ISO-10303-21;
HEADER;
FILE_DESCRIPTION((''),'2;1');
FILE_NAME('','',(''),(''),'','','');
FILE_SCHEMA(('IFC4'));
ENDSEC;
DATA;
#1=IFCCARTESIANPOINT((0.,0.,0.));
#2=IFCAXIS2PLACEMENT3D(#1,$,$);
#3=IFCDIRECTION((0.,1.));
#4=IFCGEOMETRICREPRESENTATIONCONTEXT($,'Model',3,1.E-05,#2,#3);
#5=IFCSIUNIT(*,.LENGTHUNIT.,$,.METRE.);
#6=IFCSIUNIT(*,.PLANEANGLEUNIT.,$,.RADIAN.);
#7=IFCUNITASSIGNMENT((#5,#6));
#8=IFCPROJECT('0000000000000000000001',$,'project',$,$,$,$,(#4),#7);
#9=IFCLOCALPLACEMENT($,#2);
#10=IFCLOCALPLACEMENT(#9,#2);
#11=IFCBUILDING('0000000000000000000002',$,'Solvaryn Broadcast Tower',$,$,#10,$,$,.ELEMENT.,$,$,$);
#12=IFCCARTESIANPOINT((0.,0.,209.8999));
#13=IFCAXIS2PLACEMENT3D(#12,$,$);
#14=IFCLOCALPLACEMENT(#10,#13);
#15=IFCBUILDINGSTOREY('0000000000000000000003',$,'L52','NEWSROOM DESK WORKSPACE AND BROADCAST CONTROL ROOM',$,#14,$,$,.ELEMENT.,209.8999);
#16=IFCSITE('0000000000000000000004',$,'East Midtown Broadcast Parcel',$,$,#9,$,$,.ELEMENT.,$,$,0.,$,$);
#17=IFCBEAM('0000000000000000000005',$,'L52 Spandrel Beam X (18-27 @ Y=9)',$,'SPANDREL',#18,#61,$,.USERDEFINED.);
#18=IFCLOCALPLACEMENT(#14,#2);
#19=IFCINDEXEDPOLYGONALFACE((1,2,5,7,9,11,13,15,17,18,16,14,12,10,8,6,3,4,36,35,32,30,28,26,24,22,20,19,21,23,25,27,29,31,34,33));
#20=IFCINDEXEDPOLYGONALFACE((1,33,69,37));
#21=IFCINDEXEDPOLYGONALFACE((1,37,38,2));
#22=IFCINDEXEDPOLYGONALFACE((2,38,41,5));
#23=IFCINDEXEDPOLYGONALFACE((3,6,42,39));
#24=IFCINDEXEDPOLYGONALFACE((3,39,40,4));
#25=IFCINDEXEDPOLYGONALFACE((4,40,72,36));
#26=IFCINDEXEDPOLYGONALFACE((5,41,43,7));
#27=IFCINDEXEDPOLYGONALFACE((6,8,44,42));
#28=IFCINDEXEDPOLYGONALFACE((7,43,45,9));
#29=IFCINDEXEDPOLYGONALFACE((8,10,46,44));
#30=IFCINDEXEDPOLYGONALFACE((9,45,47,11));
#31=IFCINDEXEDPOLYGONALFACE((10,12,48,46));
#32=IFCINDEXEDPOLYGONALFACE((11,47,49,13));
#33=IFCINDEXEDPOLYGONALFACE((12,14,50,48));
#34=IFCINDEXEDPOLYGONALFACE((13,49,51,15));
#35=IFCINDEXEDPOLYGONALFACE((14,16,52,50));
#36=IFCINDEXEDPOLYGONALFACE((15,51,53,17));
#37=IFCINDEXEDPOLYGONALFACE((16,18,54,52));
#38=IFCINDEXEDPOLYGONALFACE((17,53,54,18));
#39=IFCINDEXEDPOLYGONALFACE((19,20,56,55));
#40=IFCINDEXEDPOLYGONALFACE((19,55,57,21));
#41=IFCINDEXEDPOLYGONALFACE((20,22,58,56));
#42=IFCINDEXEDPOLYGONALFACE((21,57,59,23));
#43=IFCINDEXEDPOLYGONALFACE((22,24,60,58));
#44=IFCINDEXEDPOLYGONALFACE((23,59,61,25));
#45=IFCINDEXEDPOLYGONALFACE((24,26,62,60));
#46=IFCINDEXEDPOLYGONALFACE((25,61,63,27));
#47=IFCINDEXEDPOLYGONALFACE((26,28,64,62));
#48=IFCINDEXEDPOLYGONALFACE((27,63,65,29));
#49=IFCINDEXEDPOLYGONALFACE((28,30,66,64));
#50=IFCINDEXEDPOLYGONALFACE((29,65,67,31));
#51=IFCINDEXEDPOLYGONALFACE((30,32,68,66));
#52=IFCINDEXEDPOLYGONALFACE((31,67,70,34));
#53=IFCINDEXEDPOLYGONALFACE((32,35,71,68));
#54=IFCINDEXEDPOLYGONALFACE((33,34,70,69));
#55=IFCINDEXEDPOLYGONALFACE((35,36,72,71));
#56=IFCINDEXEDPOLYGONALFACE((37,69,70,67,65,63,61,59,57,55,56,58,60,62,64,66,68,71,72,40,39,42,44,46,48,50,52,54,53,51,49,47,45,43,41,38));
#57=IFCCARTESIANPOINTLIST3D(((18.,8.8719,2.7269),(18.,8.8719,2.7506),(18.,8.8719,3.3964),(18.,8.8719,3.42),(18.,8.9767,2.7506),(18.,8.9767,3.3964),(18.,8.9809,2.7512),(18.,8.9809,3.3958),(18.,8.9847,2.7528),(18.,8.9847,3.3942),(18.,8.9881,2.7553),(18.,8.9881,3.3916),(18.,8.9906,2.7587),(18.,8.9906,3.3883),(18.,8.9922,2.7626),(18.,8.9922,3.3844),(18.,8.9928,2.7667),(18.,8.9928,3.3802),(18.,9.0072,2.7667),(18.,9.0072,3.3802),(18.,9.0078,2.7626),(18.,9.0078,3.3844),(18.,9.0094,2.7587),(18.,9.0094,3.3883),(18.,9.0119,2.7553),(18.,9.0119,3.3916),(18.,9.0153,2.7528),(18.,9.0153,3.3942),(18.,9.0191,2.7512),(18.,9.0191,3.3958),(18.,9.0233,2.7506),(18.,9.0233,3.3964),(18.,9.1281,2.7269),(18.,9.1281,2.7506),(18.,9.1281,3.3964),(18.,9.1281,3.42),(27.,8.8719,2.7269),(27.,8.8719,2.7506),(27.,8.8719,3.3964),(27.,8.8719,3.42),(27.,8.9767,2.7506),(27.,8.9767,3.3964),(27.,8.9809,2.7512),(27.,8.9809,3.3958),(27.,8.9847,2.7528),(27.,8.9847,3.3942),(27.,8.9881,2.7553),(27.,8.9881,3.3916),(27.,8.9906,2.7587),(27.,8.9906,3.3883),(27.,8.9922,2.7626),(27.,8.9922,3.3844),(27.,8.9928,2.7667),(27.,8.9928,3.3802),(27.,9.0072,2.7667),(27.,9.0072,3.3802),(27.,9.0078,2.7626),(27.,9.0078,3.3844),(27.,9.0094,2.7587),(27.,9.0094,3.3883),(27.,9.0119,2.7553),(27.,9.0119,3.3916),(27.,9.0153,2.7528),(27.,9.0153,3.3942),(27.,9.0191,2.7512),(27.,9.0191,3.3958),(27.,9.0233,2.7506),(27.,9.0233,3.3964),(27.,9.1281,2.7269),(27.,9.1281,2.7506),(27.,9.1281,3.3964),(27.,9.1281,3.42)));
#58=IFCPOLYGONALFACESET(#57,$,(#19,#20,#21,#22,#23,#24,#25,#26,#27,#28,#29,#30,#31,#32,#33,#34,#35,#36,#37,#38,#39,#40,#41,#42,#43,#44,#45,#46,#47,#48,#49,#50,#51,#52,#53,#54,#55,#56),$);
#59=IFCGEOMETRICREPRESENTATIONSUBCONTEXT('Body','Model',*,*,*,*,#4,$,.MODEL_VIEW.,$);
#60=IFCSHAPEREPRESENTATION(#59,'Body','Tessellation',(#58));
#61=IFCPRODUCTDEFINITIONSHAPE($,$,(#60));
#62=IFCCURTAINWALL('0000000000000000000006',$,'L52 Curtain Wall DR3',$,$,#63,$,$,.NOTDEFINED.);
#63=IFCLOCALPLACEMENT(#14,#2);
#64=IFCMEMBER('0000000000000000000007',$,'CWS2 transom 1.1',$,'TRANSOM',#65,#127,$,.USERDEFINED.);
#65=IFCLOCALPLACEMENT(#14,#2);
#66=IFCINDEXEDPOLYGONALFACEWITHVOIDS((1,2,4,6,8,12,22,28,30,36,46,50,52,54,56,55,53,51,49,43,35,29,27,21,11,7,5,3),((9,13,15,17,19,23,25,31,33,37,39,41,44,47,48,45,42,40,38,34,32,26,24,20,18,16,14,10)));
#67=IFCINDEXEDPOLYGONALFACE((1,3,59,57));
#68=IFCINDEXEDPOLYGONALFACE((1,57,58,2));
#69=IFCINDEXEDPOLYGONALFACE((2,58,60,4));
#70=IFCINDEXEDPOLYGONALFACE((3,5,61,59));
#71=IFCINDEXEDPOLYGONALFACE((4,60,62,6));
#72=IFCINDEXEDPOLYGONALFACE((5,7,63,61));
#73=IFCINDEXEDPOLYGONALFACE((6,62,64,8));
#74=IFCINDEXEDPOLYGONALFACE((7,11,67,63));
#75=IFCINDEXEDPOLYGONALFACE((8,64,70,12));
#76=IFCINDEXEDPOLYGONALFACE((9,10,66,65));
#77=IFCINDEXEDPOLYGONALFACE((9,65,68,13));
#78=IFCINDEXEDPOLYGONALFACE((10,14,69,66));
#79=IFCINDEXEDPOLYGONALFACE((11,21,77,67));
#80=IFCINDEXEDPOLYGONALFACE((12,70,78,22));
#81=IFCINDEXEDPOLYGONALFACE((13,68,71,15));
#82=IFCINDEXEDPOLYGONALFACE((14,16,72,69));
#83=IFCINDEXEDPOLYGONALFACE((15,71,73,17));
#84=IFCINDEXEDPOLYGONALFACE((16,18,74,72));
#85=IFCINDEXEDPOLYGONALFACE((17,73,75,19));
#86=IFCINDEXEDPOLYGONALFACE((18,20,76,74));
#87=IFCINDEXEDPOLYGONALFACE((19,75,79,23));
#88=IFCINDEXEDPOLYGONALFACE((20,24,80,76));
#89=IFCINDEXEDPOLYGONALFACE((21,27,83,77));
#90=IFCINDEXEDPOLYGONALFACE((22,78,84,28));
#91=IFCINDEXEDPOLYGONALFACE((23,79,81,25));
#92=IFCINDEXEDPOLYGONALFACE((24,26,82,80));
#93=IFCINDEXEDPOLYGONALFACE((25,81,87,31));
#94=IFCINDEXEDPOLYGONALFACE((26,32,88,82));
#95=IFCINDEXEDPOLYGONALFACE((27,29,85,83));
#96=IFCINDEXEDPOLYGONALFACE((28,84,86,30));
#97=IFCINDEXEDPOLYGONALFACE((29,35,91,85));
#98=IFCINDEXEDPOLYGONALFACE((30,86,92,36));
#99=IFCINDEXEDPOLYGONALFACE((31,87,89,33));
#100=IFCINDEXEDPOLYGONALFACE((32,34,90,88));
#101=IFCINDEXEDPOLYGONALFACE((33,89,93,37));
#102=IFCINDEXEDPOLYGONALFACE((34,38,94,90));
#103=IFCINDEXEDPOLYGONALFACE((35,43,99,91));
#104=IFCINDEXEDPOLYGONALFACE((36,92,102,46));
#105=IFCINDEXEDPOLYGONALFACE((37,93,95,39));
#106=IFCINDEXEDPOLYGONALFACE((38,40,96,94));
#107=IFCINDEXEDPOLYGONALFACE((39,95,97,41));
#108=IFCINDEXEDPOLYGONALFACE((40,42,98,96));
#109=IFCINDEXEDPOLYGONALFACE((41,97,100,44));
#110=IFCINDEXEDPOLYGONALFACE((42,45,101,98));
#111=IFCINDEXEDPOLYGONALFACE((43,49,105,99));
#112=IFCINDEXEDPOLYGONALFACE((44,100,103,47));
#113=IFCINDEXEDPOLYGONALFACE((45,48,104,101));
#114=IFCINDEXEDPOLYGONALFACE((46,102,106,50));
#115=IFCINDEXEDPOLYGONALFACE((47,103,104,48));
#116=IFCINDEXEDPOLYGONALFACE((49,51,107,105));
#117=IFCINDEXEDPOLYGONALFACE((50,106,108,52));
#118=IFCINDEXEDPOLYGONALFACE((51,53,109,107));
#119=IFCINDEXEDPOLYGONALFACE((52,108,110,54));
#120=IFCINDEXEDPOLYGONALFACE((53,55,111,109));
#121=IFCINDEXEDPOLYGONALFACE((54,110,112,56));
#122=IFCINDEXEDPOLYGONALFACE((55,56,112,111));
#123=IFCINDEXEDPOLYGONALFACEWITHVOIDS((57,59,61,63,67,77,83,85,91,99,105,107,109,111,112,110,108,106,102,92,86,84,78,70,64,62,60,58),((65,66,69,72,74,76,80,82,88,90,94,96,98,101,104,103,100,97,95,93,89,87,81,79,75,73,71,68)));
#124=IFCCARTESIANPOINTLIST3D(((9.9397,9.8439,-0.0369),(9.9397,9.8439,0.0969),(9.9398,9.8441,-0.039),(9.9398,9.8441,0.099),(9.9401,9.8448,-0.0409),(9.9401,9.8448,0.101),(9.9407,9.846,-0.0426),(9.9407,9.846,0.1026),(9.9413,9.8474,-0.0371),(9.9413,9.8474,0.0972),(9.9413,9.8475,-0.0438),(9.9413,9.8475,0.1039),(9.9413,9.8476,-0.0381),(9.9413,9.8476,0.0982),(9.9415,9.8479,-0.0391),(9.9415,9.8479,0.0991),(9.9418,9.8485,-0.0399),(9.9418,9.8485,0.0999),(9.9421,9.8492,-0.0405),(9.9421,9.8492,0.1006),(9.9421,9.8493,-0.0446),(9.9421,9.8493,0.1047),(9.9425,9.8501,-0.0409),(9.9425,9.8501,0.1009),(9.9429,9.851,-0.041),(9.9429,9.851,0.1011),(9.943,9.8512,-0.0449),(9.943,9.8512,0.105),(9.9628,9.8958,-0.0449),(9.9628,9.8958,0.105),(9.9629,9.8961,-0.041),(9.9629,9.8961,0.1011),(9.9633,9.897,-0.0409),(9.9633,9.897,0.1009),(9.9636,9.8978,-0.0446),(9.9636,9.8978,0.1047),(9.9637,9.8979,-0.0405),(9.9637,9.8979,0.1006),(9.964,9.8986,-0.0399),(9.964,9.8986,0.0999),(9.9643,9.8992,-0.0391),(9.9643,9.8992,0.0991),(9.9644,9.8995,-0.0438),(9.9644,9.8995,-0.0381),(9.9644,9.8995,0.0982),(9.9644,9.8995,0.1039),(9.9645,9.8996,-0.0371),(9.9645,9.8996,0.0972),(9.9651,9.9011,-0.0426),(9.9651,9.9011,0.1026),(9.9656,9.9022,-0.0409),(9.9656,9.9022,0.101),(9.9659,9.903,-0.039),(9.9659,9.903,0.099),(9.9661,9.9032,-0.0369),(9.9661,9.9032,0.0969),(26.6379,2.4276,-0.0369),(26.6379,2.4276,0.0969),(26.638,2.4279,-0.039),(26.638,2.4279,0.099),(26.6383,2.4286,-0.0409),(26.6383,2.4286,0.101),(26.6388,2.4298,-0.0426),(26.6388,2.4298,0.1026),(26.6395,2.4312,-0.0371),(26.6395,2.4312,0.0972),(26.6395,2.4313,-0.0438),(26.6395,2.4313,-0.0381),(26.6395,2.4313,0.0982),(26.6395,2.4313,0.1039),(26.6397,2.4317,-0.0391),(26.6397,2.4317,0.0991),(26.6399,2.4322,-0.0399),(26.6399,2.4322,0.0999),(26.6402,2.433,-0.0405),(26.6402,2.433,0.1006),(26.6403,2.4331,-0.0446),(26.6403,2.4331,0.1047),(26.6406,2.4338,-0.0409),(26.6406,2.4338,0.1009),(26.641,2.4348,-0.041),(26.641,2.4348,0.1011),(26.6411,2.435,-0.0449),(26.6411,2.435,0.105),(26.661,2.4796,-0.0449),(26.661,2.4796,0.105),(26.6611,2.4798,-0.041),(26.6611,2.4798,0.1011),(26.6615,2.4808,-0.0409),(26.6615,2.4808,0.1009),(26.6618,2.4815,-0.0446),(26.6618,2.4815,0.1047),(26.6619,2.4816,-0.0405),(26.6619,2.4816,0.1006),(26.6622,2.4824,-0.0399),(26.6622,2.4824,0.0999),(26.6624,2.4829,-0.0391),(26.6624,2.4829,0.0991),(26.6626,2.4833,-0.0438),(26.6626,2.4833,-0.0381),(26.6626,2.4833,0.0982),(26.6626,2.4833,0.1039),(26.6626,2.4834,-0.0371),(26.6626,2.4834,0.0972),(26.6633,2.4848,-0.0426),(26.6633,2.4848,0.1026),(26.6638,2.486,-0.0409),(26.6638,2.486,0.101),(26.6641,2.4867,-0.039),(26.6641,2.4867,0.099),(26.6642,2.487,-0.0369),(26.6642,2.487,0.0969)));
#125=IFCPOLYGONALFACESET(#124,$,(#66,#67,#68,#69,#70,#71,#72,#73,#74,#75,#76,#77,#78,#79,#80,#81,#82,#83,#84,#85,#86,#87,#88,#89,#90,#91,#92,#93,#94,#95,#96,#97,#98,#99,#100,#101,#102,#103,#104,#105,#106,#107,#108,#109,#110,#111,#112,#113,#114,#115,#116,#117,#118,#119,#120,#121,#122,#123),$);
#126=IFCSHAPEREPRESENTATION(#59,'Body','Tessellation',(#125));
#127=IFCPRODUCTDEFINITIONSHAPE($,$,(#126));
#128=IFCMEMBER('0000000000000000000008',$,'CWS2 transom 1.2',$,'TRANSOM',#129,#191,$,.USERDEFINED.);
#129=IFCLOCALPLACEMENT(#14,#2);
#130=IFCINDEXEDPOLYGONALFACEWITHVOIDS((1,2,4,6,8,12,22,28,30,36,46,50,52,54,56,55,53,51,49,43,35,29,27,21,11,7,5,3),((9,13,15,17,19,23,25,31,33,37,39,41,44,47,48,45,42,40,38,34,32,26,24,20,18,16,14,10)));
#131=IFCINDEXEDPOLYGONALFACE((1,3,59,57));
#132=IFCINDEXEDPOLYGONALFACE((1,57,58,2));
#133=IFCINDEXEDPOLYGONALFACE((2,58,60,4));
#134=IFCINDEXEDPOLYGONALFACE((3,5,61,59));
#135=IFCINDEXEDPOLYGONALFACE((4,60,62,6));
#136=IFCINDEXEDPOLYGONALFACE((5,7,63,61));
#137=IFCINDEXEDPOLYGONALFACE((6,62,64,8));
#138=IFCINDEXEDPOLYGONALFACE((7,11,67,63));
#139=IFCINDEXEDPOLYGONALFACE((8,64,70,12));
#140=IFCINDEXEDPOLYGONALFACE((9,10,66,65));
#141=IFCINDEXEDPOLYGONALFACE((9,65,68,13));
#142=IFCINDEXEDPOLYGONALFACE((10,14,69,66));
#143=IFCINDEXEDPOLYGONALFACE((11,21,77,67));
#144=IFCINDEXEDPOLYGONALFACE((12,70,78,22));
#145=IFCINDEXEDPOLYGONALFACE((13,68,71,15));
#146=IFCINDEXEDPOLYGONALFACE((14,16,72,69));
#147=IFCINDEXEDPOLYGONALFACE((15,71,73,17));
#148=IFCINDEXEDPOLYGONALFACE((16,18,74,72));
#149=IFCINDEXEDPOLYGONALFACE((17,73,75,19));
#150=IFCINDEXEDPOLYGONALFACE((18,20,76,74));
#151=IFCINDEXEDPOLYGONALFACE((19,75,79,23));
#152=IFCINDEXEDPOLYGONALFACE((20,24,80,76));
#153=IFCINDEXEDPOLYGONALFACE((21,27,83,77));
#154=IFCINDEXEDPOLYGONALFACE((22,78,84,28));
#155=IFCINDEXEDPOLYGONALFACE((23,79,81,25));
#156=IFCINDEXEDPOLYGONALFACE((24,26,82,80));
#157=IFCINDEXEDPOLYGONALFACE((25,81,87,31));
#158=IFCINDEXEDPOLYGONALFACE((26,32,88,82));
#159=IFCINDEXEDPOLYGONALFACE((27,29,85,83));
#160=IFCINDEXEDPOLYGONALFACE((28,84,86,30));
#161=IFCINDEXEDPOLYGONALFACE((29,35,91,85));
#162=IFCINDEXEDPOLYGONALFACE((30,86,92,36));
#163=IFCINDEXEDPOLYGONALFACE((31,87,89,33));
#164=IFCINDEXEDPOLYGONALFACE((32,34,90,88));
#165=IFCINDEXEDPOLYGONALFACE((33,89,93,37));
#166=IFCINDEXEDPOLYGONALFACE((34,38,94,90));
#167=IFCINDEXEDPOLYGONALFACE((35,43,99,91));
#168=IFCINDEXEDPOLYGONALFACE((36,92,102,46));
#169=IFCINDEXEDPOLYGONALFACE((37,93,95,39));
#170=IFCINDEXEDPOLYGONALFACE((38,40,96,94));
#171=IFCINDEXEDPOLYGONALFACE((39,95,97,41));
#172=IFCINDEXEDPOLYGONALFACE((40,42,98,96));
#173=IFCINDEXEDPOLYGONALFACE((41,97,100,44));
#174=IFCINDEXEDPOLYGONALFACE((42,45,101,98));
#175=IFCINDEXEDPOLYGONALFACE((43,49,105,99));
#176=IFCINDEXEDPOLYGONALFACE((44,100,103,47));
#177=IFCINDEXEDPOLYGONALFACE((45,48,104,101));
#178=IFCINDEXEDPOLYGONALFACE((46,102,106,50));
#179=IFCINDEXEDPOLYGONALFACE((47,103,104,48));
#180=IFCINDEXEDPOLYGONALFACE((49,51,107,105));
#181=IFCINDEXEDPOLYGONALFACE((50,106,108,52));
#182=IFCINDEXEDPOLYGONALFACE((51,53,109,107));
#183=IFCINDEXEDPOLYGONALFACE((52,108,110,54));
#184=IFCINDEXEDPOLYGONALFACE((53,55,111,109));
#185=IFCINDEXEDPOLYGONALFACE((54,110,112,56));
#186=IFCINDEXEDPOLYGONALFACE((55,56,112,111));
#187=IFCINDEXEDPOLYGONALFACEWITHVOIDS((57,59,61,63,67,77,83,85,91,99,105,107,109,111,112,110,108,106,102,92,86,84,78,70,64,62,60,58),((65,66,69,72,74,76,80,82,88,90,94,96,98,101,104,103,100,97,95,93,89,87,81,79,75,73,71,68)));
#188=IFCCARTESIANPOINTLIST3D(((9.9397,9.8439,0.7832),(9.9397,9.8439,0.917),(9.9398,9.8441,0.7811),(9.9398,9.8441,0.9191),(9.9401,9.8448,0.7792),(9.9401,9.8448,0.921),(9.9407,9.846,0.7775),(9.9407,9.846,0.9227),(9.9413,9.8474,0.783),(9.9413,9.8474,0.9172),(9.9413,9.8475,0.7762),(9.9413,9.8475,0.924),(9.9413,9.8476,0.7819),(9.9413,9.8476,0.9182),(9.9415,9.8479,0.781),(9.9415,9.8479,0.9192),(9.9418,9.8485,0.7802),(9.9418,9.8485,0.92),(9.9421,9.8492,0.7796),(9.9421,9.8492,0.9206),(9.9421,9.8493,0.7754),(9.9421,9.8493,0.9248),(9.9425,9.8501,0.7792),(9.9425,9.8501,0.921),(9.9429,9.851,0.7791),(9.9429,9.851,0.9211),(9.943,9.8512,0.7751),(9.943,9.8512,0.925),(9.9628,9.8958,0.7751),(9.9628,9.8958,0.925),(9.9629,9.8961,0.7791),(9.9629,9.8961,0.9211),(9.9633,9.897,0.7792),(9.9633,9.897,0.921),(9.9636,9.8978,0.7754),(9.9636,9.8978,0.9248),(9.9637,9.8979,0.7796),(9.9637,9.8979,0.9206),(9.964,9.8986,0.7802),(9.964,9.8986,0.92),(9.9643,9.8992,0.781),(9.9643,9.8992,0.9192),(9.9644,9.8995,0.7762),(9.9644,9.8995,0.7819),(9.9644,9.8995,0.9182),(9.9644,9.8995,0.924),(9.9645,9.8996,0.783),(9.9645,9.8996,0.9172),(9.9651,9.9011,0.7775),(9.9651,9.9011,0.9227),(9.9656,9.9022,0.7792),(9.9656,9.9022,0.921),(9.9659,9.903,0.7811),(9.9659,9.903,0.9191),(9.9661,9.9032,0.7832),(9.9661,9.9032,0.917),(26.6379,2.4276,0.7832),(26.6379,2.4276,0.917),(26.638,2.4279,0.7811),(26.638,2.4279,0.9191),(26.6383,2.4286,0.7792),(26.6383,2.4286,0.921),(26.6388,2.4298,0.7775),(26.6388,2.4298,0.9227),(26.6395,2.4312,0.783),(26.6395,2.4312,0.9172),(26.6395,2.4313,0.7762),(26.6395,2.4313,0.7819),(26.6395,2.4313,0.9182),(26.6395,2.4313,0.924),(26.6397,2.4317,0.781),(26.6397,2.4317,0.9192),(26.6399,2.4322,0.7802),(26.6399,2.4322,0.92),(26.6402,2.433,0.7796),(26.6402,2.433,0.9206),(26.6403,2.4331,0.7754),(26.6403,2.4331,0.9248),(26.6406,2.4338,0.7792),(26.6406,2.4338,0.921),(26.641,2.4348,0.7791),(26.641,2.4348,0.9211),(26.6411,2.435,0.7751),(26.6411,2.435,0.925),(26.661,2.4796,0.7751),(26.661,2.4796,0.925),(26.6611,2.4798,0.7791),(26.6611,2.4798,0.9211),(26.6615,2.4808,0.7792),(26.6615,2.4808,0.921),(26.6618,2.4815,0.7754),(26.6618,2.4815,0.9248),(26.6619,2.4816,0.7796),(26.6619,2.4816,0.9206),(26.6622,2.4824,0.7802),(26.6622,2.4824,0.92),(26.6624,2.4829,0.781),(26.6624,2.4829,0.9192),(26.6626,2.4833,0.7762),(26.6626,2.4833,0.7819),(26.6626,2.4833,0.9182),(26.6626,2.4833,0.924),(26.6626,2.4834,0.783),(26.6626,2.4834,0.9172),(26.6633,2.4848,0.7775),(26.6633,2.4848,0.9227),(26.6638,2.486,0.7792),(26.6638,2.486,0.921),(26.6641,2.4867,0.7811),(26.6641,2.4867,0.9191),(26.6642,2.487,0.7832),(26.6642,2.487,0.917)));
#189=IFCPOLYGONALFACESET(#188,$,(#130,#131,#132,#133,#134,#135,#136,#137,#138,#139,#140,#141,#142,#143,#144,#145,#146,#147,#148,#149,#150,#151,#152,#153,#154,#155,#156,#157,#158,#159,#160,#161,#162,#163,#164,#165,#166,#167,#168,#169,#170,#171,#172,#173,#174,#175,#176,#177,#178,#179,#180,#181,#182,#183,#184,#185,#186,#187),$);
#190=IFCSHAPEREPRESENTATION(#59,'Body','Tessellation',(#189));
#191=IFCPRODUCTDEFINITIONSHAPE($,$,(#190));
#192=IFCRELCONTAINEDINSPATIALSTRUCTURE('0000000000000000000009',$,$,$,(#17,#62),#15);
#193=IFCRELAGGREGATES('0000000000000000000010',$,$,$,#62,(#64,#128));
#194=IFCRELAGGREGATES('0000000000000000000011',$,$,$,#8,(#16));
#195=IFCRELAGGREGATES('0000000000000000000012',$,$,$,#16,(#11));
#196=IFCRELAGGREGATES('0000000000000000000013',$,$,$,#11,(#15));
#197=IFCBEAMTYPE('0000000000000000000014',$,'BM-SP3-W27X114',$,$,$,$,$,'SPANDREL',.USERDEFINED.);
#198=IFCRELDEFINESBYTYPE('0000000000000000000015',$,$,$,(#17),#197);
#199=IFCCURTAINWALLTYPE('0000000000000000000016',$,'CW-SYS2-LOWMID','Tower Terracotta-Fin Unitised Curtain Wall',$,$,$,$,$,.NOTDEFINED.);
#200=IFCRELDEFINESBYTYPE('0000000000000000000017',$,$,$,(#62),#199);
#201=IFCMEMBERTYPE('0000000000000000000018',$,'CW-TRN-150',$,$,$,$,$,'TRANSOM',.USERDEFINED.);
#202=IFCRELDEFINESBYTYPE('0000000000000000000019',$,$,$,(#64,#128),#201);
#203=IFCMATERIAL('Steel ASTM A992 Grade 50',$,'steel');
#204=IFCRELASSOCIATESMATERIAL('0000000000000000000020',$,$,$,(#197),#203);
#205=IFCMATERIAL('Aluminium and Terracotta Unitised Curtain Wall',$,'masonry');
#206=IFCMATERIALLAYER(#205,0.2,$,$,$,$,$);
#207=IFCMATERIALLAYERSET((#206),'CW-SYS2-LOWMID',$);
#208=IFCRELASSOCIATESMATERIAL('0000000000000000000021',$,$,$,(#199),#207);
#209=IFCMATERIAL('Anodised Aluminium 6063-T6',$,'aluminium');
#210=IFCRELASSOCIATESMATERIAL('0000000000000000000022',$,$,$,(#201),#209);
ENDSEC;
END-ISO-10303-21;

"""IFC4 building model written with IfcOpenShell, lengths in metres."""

from ifc_helpers import new_model, si_unit, direction, frame, origin, origin_2d, place, context, subcontext, project, spatial, hollow_rectangle, i_section, extrude, material, layer, layer_set, material_profile, profile_set, type_object, element, aggregate, save


model = new_model("IFC4")

# Units and contexts
model_context = context("Model", 3, precision=1e-05, world=origin(), true_north=direction((0.0, 1.0)))
body_context = subcontext(model_context, "Body", "Model", "MODEL_VIEW")
ifc_project = project(units=[si_unit("LENGTHUNIT", "METRE"), si_unit("PLANEANGLEUNIT", "RADIAN")], contexts=[model_context])

# Site, building, storey
site_placement = place(None, origin())
site = spatial("IfcSite", under=ifc_project, at=site_placement, Name="East Midtown Broadcast Parcel", CompositionType="ELEMENT", RefElevation=0.0)
building_placement = place(site_placement, origin())
building = spatial("IfcBuilding", under=site, at=building_placement, Name="Solvaryn Broadcast Tower", CompositionType="ELEMENT")
storey_placement = place(building_placement, frame((0.0, 0.0, 209.8999)))
storey = spatial("IfcBuildingStorey", under=building, at=storey_placement, Name="L52", Description="NEWSROOM DESK WORKSPACE AND BROADCAST CONTROL ROOM", CompositionType="ELEMENT", Elevation=209.8999)

# Beam
ifc_material_1 = material(Name="Steel ASTM A992 Grade 50", Category="steel")
ifc_material_profile_1 = material_profile(ifc_material_1, i_section(OverallWidth=0.2561, OverallDepth=0.6931, WebThickness=0.0144, FlangeThickness=0.0237, FilletRadius=0.0161, at=origin_2d()))
ifc_profile_set_1 = profile_set([ifc_material_profile_1], Name="Steel ASTM A992 Grade 50")
beam_type_1 = type_object("IfcBeamType", Name="BM-SP3-W27X114", ElementType="SPANDREL", PredefinedType="USERDEFINED", material=ifc_profile_set_1)
beam_1_placement = place(storey_placement, frame((18.0, 9.0, 3.0735), z_axis=(1.0, 0.0, 0.0), x_axis=(0.0, 1.0, 0.0)))
element("IfcBeam", 1, at=beam_1_placement, inside=storey, type_object=beam_type_1, Name="L52 Spandrel Beam X (18-27 @ Y=9)", ObjectType="SPANDREL", PredefinedType="USERDEFINED", context=body_context, shape_type="SweptSolid", body=[
    extrude(i_section(OverallWidth=0.2561, OverallDepth=0.6931, WebThickness=0.0144, FlangeThickness=0.0237, FilletRadius=0.0161, at=origin_2d()), origin(), (0.0, 0.0, 1.0), 9.0),
])

# Curtain wall, members
ifc_material_2 = material(Name="Aluminium and Terracotta Unitised Curtain Wall", Category="masonry")
ifc_layer_1 = layer(ifc_material_2, 0.2)
ifc_layer_set_1 = layer_set([ifc_layer_1], Name="CW-SYS2-LOWMID")
curtain_wall_type = type_object("IfcCurtainWallType", Name="CW-SYS2-LOWMID", Description="Tower Terracotta-Fin Unitised Curtain Wall", PredefinedType="NOTDEFINED", material=ifc_layer_set_1)
curtain_wall_placement = place(storey_placement, origin())
curtain_wall = element("IfcCurtainWall", 2, at=curtain_wall_placement, inside=storey, type_object=curtain_wall_type, Name="L52 Curtain Wall DR3", PredefinedType="NOTDEFINED")
ifc_material_3 = material(Name="Anodised Aluminium 6063-T6", Category="aluminium")
ifc_material_profile_2 = material_profile(ifc_material_3, hollow_rectangle(XDim=0.0649, YDim=0.1499, WallThickness=0.0039, InnerFilletRadius=0.0039, OuterFilletRadius=0.0081, at=origin_2d()))
ifc_profile_set_2 = profile_set([ifc_material_profile_2], Name="Anodised Aluminium 6063-T6")
member_type = type_object("IfcMemberType", Name="CW-TRN-150", ElementType="TRANSOM", PredefinedType="USERDEFINED", material=ifc_profile_set_2)
member_1_placement = place(storey_placement, frame((9.9529, 9.8735, 0.03), z_axis=(0.913917, -0.405902, 0.0), x_axis=(0.405902, 0.913917, 0.0)))
member_1 = element("IfcMember", 3, at=member_1_placement, type_object=member_type, Name="CWS2 transom 1.1", ObjectType="TRANSOM", PredefinedType="USERDEFINED", context=body_context, shape_type="SweptSolid", body=[
    extrude(hollow_rectangle(XDim=0.0649, YDim=0.1499, WallThickness=0.0039, InnerFilletRadius=0.0039, OuterFilletRadius=0.0081, at=origin_2d()), origin(), (0.0, 0.0, 1.0), 18.271),
])
member_2_placement = place(storey_placement, frame((9.9529, 9.8735, 0.8501), z_axis=(0.913917, -0.405902, 0.0), x_axis=(0.405902, 0.913917, 0.0)))
member_2 = element("IfcMember", 4, at=member_2_placement, type_object=member_type, Name="CWS2 transom 1.2", ObjectType="TRANSOM", PredefinedType="USERDEFINED", context=body_context, shape_type="SweptSolid", body=[
    extrude(hollow_rectangle(XDim=0.0649, YDim=0.1499, WallThickness=0.0039, InnerFilletRadius=0.0039, OuterFilletRadius=0.0081, at=origin_2d()), origin(), (0.0, 0.0, 1.0), 18.271),
])
aggregate(curtain_wall, [member_1, member_2])

save(model, "model.ifc")
